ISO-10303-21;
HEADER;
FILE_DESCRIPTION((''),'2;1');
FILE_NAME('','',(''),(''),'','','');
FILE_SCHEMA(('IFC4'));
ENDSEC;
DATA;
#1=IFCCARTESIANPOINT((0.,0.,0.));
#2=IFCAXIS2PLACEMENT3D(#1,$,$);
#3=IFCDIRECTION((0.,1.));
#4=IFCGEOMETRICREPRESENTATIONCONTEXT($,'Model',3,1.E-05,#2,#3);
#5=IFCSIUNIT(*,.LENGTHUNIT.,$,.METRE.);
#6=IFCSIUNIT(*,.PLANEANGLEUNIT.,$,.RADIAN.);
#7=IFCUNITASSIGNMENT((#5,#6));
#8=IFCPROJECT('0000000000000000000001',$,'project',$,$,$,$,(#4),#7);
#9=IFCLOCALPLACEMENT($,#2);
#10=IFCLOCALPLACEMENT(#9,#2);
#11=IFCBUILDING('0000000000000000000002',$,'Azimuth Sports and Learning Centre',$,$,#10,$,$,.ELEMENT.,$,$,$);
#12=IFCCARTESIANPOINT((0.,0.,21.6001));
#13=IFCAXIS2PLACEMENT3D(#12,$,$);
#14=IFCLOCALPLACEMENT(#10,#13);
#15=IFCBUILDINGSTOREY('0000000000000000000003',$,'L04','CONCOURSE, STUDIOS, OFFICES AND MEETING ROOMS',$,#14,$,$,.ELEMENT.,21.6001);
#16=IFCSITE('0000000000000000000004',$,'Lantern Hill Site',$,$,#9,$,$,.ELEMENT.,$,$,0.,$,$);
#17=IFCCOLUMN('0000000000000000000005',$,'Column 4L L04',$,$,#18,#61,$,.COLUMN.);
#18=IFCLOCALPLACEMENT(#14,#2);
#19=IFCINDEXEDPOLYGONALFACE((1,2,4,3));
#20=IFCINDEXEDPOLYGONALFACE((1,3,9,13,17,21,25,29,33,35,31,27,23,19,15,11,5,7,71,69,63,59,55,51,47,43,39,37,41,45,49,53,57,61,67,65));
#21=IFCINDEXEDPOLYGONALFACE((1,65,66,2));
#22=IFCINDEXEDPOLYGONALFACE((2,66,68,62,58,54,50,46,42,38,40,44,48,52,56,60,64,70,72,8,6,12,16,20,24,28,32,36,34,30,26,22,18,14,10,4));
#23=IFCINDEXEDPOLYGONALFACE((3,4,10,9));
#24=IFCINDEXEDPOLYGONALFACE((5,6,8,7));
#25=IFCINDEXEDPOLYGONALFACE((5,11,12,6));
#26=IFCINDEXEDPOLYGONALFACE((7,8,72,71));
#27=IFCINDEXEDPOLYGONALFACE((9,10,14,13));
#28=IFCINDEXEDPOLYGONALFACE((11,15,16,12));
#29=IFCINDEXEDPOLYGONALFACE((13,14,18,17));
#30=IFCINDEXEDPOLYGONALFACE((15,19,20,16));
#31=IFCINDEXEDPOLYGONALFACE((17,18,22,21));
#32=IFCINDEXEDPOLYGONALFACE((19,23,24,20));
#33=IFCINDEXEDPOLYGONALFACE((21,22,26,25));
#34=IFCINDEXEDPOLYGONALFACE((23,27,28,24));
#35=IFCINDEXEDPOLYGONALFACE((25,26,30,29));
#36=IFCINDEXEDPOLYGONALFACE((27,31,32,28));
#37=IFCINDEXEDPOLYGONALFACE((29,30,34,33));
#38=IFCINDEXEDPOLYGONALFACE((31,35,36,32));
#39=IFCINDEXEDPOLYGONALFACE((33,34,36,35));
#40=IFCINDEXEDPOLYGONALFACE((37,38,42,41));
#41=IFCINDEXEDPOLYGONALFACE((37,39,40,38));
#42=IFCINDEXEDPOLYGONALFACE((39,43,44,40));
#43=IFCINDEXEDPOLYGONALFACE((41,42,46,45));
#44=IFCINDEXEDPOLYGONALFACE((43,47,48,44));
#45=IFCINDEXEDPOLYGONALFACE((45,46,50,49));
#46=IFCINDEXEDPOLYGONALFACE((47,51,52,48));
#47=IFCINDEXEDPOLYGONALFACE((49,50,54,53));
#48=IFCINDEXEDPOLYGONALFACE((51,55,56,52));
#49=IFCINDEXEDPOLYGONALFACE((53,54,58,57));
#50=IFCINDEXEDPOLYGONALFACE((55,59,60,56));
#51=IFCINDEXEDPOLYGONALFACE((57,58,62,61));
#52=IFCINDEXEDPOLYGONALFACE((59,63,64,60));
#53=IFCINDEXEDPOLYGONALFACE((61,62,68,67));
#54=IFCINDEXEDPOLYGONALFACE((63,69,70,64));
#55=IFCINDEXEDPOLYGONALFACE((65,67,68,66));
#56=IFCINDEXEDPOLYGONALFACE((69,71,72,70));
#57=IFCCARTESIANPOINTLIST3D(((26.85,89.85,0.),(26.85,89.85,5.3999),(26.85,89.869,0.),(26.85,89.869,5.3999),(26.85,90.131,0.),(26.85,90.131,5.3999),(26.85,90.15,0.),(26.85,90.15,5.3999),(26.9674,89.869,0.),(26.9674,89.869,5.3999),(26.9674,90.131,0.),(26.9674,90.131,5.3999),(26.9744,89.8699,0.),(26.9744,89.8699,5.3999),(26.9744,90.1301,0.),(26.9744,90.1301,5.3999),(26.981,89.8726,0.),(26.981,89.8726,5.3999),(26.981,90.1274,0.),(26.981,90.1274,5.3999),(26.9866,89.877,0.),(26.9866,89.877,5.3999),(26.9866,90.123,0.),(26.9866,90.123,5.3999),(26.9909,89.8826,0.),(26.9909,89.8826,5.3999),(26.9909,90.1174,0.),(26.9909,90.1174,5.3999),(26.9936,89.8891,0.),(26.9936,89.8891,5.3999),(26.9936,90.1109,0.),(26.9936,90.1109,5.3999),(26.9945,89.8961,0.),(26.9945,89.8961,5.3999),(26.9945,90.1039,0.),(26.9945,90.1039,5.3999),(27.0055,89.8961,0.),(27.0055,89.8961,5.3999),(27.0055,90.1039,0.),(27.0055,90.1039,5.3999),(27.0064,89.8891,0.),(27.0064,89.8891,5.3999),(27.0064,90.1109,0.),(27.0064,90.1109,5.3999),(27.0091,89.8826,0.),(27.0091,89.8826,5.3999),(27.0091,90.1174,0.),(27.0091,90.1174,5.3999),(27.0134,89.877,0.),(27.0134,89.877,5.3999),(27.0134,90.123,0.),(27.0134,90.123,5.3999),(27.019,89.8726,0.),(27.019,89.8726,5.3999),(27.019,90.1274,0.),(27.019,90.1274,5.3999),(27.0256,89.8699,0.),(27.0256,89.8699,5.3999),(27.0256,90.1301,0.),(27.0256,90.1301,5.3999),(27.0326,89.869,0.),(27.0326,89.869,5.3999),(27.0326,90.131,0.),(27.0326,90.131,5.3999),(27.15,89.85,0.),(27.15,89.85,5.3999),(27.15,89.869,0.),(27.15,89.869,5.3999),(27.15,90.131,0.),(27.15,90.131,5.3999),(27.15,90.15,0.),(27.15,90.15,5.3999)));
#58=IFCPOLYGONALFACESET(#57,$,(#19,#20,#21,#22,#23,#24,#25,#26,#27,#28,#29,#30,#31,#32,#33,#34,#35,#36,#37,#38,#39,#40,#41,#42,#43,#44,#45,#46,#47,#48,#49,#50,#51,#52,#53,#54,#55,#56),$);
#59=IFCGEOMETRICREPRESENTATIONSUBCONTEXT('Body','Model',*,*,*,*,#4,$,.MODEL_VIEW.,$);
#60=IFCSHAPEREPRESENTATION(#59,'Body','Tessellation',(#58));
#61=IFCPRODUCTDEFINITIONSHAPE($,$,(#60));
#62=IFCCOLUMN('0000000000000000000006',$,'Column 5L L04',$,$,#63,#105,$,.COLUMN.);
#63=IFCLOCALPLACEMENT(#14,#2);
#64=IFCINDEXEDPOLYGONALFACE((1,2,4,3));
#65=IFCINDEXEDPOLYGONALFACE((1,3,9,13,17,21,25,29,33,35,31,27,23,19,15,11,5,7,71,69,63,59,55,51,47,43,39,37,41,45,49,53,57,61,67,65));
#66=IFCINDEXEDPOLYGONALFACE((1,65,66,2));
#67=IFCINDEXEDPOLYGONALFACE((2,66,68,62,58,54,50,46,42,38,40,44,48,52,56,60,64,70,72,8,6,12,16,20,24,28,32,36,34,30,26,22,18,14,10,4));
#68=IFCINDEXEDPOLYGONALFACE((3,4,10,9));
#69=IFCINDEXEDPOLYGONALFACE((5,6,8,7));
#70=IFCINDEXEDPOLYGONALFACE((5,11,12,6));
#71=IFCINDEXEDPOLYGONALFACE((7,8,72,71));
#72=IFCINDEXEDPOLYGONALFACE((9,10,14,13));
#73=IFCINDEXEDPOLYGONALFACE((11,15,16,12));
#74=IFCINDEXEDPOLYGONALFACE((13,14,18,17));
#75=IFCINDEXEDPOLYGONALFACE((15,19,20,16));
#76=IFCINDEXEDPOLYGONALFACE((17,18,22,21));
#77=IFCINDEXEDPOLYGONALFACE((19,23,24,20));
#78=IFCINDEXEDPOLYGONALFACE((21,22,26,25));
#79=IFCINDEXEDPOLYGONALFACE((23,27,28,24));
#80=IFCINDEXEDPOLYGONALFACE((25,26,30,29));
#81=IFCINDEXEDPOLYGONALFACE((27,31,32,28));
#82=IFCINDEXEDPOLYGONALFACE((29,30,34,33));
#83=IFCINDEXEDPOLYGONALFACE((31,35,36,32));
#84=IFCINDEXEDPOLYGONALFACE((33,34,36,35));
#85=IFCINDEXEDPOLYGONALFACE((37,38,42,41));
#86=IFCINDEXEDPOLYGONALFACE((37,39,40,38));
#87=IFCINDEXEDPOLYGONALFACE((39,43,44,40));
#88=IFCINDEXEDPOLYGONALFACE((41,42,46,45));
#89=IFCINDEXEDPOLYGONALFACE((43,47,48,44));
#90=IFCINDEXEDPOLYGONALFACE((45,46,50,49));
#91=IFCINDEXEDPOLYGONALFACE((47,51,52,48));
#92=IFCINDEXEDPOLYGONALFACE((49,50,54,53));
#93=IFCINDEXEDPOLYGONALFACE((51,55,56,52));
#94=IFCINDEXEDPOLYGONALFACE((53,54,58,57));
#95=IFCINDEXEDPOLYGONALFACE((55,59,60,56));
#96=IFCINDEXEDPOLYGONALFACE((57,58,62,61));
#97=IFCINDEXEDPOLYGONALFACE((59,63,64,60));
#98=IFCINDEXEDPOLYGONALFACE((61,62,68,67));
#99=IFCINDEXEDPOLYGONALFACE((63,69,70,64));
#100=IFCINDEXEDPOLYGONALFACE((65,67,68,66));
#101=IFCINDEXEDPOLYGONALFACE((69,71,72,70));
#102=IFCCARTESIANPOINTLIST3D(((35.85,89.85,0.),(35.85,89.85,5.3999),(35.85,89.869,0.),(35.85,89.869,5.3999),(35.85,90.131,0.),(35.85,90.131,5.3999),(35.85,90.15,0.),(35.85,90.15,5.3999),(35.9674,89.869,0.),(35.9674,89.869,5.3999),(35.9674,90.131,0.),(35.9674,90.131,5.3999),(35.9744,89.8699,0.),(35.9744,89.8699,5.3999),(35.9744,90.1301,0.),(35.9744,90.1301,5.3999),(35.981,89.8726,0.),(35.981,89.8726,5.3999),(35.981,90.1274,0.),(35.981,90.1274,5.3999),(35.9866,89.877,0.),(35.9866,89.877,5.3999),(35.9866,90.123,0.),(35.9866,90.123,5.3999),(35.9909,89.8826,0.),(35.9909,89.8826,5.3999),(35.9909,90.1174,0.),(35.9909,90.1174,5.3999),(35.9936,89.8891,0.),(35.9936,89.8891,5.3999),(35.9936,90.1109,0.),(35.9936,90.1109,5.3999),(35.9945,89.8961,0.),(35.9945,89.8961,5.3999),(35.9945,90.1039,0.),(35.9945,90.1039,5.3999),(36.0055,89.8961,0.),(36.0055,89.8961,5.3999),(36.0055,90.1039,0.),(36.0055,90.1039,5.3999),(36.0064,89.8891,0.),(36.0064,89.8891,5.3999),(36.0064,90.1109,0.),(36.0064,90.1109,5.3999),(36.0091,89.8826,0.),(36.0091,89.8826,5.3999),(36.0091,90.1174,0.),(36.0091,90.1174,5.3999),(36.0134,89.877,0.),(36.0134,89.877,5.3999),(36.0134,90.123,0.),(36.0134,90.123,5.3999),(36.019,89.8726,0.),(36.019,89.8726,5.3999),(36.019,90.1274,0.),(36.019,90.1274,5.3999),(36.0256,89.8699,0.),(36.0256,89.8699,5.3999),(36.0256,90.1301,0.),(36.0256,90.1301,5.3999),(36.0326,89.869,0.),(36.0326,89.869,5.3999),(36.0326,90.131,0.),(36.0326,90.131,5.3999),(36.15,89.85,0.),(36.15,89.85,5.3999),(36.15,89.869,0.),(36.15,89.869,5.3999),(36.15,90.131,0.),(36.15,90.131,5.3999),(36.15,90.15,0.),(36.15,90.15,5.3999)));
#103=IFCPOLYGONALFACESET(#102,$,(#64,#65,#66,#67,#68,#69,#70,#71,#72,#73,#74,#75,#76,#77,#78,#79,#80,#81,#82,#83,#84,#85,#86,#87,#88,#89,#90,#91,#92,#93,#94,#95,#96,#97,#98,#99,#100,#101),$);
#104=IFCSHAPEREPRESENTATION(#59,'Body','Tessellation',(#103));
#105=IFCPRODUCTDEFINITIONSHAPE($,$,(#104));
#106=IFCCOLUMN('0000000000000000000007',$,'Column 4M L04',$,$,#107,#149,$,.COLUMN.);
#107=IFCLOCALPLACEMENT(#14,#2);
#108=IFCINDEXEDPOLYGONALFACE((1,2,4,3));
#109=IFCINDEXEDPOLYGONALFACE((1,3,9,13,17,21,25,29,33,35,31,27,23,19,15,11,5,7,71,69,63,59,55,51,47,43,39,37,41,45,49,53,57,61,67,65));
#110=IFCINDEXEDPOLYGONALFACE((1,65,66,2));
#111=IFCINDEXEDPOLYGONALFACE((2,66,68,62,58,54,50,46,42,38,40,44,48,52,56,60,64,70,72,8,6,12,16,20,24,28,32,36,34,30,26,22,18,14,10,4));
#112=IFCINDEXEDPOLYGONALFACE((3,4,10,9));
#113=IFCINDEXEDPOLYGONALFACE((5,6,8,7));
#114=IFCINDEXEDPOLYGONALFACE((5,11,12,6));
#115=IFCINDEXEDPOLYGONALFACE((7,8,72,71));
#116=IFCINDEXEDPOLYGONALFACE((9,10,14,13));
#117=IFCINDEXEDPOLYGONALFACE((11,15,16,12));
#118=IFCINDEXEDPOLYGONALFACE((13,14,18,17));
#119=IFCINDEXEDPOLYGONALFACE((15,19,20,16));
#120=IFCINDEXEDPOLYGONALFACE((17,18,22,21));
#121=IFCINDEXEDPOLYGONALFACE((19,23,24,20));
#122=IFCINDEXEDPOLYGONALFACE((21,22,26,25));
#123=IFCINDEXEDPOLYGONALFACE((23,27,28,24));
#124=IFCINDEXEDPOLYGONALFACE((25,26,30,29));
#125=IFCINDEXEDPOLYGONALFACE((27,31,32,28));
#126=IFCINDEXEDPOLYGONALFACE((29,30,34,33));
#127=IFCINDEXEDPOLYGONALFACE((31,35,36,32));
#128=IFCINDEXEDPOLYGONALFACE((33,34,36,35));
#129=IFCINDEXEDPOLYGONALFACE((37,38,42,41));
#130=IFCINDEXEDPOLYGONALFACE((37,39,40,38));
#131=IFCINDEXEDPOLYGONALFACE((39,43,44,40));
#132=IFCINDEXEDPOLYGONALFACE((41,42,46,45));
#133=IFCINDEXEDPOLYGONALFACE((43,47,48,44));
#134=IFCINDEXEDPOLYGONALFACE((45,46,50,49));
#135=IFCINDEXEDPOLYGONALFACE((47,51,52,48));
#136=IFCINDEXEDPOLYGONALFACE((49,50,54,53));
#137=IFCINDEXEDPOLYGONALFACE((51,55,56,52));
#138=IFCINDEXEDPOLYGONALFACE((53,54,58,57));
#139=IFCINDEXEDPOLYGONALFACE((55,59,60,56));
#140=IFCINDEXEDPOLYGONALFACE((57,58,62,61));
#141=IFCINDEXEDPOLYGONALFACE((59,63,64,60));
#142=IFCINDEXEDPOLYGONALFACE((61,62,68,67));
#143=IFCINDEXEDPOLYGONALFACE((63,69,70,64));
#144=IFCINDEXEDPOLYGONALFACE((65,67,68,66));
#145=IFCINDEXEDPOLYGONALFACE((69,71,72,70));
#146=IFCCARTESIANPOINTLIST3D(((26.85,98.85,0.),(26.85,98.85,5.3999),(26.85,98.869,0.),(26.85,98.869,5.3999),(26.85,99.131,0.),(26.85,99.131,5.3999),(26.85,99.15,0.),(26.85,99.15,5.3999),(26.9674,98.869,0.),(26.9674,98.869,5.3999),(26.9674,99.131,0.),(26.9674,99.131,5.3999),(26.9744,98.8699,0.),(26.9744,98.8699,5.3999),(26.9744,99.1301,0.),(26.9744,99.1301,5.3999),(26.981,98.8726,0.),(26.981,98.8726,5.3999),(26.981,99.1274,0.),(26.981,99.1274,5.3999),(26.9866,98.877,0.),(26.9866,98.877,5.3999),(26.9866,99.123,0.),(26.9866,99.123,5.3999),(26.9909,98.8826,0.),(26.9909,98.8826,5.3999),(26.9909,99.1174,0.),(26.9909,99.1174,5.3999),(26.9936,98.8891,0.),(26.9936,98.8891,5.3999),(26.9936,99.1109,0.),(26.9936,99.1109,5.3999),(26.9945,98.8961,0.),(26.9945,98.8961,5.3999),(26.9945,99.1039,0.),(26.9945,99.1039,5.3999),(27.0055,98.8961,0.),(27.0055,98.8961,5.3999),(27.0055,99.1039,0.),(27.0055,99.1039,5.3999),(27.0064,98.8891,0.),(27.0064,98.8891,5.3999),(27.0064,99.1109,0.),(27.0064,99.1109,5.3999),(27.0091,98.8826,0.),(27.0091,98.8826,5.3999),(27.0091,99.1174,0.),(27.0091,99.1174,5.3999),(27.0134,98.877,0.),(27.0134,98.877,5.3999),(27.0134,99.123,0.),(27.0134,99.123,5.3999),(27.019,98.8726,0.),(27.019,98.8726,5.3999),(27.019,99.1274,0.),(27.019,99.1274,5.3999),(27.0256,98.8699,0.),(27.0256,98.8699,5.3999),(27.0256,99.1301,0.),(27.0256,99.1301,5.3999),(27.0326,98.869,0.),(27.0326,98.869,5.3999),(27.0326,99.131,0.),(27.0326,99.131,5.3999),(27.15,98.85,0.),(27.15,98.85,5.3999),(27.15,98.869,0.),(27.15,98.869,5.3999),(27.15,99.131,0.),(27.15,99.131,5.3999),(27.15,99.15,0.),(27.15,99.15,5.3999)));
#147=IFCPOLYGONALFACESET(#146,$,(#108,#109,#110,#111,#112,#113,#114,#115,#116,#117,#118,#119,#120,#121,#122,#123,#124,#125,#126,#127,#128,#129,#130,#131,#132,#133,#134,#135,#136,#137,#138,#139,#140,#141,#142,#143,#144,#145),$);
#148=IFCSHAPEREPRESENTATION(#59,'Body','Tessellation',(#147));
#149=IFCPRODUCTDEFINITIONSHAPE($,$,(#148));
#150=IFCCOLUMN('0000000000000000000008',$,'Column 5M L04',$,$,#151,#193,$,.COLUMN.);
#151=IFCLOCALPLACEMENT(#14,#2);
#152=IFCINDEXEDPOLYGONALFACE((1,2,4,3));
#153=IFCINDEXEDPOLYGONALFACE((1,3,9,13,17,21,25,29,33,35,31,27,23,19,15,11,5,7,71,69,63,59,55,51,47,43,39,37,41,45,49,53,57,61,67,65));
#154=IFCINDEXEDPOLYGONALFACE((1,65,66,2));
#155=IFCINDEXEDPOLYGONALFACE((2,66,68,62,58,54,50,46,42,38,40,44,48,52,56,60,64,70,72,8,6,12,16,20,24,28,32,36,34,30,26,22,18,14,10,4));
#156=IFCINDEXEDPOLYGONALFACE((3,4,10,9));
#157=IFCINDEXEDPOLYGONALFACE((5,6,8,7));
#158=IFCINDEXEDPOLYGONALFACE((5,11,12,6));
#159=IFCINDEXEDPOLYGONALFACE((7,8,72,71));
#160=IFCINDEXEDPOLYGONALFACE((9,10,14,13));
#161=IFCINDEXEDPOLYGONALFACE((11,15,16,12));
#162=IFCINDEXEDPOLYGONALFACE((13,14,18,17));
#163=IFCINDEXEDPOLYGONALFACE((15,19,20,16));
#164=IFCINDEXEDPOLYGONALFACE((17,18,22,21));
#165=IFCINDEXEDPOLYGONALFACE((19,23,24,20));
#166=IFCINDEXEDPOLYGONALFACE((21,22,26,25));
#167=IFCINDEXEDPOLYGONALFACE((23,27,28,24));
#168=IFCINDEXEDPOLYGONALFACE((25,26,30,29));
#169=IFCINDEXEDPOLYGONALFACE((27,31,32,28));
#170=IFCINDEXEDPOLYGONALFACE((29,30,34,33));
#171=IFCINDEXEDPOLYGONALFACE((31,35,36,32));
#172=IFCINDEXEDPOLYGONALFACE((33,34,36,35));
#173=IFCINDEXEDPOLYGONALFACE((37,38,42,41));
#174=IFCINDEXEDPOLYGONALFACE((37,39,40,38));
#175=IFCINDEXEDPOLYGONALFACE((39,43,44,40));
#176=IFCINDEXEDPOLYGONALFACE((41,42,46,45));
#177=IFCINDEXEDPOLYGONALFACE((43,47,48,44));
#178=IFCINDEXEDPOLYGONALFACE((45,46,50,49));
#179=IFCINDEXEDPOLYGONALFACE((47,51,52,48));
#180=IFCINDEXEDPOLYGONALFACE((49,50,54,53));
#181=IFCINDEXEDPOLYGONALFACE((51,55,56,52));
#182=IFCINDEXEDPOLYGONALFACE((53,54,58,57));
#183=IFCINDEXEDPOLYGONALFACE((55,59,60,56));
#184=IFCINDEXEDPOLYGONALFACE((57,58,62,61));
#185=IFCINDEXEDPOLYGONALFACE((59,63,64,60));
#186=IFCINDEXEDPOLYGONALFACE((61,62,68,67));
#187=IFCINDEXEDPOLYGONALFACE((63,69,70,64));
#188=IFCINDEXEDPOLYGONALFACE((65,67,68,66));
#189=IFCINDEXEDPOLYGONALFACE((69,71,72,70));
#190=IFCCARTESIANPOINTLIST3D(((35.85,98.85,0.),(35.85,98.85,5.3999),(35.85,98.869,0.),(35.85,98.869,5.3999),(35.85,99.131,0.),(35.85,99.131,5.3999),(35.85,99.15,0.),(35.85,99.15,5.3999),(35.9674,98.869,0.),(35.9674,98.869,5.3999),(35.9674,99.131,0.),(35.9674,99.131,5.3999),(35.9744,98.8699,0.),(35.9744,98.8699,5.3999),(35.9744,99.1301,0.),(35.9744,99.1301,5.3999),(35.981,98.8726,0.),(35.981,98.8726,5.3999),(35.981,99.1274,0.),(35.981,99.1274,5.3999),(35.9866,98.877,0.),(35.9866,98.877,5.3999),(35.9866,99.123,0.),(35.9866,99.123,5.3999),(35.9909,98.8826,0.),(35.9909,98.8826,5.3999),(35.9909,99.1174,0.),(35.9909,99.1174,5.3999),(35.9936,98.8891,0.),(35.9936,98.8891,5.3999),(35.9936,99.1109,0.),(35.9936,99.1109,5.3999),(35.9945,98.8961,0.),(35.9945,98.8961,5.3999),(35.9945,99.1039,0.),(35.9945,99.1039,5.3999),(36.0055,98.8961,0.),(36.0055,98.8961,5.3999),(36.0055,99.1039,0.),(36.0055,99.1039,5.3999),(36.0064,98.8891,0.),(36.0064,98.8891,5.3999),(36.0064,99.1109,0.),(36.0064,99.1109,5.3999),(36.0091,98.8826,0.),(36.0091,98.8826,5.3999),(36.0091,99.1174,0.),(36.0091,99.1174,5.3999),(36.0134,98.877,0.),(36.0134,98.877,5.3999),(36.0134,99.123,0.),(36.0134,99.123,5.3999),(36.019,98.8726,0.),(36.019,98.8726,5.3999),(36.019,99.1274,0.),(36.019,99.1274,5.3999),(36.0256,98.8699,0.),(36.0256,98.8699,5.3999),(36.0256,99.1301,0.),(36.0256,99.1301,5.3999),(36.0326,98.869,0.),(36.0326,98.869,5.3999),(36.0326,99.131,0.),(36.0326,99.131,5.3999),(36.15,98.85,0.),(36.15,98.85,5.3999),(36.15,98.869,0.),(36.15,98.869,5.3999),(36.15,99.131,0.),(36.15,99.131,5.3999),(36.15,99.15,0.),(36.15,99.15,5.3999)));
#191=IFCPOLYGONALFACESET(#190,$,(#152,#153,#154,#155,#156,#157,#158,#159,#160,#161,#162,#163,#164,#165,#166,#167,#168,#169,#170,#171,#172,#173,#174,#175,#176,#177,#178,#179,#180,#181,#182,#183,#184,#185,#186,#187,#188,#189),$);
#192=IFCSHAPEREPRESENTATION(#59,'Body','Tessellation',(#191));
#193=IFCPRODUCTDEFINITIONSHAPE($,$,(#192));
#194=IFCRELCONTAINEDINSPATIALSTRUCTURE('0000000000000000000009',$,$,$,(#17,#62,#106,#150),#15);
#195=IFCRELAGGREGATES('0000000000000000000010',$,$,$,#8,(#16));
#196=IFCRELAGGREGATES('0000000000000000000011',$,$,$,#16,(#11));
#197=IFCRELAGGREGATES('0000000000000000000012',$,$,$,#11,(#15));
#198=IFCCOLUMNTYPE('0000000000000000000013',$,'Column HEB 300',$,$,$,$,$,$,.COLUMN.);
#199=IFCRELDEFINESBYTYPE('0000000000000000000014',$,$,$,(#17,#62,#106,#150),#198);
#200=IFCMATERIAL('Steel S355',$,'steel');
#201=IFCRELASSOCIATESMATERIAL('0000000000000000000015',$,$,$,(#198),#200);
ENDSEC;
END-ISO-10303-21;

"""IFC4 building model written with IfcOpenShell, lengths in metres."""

from ifc_helpers import new_model, si_unit, direction, frame, origin, origin_2d, place, context, subcontext, project, spatial, i_section, extrude, material, material_profile, profile_set, type_object, element, save


model = new_model("IFC4")

# Units and contexts
model_context = context("Model", 3, precision=1e-05, world=origin(), true_north=direction((0.0, 1.0)))
body_context = subcontext(model_context, "Body", "Model", "MODEL_VIEW")
ifc_project = project(units=[si_unit("LENGTHUNIT", "METRE"), si_unit("PLANEANGLEUNIT", "RADIAN")], contexts=[model_context])

# Site, building, storey
site_placement = place(None, origin())
site = spatial("IfcSite", under=ifc_project, at=site_placement, Name="Lantern Hill Site", CompositionType="ELEMENT", RefElevation=0.0)
building_placement = place(site_placement, origin())
building = spatial("IfcBuilding", under=site, at=building_placement, Name="Azimuth Sports and Learning Centre", CompositionType="ELEMENT")
storey_placement = place(building_placement, frame((0.0, 0.0, 21.6001)))
storey = spatial("IfcBuildingStorey", under=building, at=storey_placement, Name="L04", Description="CONCOURSE, STUDIOS, OFFICES AND MEETING ROOMS", CompositionType="ELEMENT", Elevation=21.6001)

# Columns
ifc_material_1 = material(Name="Steel S355", Category="steel")
ifc_material_profile_1 = material_profile(ifc_material_1, i_section(OverallWidth=0.3, OverallDepth=0.3, WebThickness=0.011, FlangeThickness=0.019, FilletRadius=0.0271, at=origin_2d()), Name="HEB 300")
ifc_profile_set_1 = profile_set([ifc_material_profile_1], Name="Steel S355")
column_type = type_object("IfcColumnType", Name="Column HEB 300", PredefinedType="COLUMN", material=ifc_profile_set_1)
for number, where, z_axis, x_axis, name in (
    (1, (27.0, 90.0, 0.0), (0.0, 0.0, 1.0), (1.0, 0.0, 0.0), "Column 4L L04"),
    (2, (36.0, 90.0, 0.0), (0.0, 0.0, 1.0), (1.0, 0.0, 0.0), "Column 5L L04"),
    (3, (27.0, 99.0, 0.0), (0.0, 0.0, 1.0), (1.0, 0.0, 0.0), "Column 4M L04"),
    (4, (36.0, 99.0, 0.0), (0.0, 0.0, 1.0), (1.0, 0.0, 0.0), "Column 5M L04"),
):
    element("IfcColumn", number, at=place(storey_placement, frame(where, z_axis=z_axis, x_axis=x_axis)), inside=storey, type_object=column_type, Name=name, PredefinedType="COLUMN", context=body_context, shape_type="SweptSolid", body=[
        extrude(i_section(OverallWidth=0.3, OverallDepth=0.3, WebThickness=0.011, FlangeThickness=0.019, FilletRadius=0.0271, at=origin_2d()), origin(), (0.0, 0.0, 1.0), 5.3999),
    ])

save(model, "model.ifc")
